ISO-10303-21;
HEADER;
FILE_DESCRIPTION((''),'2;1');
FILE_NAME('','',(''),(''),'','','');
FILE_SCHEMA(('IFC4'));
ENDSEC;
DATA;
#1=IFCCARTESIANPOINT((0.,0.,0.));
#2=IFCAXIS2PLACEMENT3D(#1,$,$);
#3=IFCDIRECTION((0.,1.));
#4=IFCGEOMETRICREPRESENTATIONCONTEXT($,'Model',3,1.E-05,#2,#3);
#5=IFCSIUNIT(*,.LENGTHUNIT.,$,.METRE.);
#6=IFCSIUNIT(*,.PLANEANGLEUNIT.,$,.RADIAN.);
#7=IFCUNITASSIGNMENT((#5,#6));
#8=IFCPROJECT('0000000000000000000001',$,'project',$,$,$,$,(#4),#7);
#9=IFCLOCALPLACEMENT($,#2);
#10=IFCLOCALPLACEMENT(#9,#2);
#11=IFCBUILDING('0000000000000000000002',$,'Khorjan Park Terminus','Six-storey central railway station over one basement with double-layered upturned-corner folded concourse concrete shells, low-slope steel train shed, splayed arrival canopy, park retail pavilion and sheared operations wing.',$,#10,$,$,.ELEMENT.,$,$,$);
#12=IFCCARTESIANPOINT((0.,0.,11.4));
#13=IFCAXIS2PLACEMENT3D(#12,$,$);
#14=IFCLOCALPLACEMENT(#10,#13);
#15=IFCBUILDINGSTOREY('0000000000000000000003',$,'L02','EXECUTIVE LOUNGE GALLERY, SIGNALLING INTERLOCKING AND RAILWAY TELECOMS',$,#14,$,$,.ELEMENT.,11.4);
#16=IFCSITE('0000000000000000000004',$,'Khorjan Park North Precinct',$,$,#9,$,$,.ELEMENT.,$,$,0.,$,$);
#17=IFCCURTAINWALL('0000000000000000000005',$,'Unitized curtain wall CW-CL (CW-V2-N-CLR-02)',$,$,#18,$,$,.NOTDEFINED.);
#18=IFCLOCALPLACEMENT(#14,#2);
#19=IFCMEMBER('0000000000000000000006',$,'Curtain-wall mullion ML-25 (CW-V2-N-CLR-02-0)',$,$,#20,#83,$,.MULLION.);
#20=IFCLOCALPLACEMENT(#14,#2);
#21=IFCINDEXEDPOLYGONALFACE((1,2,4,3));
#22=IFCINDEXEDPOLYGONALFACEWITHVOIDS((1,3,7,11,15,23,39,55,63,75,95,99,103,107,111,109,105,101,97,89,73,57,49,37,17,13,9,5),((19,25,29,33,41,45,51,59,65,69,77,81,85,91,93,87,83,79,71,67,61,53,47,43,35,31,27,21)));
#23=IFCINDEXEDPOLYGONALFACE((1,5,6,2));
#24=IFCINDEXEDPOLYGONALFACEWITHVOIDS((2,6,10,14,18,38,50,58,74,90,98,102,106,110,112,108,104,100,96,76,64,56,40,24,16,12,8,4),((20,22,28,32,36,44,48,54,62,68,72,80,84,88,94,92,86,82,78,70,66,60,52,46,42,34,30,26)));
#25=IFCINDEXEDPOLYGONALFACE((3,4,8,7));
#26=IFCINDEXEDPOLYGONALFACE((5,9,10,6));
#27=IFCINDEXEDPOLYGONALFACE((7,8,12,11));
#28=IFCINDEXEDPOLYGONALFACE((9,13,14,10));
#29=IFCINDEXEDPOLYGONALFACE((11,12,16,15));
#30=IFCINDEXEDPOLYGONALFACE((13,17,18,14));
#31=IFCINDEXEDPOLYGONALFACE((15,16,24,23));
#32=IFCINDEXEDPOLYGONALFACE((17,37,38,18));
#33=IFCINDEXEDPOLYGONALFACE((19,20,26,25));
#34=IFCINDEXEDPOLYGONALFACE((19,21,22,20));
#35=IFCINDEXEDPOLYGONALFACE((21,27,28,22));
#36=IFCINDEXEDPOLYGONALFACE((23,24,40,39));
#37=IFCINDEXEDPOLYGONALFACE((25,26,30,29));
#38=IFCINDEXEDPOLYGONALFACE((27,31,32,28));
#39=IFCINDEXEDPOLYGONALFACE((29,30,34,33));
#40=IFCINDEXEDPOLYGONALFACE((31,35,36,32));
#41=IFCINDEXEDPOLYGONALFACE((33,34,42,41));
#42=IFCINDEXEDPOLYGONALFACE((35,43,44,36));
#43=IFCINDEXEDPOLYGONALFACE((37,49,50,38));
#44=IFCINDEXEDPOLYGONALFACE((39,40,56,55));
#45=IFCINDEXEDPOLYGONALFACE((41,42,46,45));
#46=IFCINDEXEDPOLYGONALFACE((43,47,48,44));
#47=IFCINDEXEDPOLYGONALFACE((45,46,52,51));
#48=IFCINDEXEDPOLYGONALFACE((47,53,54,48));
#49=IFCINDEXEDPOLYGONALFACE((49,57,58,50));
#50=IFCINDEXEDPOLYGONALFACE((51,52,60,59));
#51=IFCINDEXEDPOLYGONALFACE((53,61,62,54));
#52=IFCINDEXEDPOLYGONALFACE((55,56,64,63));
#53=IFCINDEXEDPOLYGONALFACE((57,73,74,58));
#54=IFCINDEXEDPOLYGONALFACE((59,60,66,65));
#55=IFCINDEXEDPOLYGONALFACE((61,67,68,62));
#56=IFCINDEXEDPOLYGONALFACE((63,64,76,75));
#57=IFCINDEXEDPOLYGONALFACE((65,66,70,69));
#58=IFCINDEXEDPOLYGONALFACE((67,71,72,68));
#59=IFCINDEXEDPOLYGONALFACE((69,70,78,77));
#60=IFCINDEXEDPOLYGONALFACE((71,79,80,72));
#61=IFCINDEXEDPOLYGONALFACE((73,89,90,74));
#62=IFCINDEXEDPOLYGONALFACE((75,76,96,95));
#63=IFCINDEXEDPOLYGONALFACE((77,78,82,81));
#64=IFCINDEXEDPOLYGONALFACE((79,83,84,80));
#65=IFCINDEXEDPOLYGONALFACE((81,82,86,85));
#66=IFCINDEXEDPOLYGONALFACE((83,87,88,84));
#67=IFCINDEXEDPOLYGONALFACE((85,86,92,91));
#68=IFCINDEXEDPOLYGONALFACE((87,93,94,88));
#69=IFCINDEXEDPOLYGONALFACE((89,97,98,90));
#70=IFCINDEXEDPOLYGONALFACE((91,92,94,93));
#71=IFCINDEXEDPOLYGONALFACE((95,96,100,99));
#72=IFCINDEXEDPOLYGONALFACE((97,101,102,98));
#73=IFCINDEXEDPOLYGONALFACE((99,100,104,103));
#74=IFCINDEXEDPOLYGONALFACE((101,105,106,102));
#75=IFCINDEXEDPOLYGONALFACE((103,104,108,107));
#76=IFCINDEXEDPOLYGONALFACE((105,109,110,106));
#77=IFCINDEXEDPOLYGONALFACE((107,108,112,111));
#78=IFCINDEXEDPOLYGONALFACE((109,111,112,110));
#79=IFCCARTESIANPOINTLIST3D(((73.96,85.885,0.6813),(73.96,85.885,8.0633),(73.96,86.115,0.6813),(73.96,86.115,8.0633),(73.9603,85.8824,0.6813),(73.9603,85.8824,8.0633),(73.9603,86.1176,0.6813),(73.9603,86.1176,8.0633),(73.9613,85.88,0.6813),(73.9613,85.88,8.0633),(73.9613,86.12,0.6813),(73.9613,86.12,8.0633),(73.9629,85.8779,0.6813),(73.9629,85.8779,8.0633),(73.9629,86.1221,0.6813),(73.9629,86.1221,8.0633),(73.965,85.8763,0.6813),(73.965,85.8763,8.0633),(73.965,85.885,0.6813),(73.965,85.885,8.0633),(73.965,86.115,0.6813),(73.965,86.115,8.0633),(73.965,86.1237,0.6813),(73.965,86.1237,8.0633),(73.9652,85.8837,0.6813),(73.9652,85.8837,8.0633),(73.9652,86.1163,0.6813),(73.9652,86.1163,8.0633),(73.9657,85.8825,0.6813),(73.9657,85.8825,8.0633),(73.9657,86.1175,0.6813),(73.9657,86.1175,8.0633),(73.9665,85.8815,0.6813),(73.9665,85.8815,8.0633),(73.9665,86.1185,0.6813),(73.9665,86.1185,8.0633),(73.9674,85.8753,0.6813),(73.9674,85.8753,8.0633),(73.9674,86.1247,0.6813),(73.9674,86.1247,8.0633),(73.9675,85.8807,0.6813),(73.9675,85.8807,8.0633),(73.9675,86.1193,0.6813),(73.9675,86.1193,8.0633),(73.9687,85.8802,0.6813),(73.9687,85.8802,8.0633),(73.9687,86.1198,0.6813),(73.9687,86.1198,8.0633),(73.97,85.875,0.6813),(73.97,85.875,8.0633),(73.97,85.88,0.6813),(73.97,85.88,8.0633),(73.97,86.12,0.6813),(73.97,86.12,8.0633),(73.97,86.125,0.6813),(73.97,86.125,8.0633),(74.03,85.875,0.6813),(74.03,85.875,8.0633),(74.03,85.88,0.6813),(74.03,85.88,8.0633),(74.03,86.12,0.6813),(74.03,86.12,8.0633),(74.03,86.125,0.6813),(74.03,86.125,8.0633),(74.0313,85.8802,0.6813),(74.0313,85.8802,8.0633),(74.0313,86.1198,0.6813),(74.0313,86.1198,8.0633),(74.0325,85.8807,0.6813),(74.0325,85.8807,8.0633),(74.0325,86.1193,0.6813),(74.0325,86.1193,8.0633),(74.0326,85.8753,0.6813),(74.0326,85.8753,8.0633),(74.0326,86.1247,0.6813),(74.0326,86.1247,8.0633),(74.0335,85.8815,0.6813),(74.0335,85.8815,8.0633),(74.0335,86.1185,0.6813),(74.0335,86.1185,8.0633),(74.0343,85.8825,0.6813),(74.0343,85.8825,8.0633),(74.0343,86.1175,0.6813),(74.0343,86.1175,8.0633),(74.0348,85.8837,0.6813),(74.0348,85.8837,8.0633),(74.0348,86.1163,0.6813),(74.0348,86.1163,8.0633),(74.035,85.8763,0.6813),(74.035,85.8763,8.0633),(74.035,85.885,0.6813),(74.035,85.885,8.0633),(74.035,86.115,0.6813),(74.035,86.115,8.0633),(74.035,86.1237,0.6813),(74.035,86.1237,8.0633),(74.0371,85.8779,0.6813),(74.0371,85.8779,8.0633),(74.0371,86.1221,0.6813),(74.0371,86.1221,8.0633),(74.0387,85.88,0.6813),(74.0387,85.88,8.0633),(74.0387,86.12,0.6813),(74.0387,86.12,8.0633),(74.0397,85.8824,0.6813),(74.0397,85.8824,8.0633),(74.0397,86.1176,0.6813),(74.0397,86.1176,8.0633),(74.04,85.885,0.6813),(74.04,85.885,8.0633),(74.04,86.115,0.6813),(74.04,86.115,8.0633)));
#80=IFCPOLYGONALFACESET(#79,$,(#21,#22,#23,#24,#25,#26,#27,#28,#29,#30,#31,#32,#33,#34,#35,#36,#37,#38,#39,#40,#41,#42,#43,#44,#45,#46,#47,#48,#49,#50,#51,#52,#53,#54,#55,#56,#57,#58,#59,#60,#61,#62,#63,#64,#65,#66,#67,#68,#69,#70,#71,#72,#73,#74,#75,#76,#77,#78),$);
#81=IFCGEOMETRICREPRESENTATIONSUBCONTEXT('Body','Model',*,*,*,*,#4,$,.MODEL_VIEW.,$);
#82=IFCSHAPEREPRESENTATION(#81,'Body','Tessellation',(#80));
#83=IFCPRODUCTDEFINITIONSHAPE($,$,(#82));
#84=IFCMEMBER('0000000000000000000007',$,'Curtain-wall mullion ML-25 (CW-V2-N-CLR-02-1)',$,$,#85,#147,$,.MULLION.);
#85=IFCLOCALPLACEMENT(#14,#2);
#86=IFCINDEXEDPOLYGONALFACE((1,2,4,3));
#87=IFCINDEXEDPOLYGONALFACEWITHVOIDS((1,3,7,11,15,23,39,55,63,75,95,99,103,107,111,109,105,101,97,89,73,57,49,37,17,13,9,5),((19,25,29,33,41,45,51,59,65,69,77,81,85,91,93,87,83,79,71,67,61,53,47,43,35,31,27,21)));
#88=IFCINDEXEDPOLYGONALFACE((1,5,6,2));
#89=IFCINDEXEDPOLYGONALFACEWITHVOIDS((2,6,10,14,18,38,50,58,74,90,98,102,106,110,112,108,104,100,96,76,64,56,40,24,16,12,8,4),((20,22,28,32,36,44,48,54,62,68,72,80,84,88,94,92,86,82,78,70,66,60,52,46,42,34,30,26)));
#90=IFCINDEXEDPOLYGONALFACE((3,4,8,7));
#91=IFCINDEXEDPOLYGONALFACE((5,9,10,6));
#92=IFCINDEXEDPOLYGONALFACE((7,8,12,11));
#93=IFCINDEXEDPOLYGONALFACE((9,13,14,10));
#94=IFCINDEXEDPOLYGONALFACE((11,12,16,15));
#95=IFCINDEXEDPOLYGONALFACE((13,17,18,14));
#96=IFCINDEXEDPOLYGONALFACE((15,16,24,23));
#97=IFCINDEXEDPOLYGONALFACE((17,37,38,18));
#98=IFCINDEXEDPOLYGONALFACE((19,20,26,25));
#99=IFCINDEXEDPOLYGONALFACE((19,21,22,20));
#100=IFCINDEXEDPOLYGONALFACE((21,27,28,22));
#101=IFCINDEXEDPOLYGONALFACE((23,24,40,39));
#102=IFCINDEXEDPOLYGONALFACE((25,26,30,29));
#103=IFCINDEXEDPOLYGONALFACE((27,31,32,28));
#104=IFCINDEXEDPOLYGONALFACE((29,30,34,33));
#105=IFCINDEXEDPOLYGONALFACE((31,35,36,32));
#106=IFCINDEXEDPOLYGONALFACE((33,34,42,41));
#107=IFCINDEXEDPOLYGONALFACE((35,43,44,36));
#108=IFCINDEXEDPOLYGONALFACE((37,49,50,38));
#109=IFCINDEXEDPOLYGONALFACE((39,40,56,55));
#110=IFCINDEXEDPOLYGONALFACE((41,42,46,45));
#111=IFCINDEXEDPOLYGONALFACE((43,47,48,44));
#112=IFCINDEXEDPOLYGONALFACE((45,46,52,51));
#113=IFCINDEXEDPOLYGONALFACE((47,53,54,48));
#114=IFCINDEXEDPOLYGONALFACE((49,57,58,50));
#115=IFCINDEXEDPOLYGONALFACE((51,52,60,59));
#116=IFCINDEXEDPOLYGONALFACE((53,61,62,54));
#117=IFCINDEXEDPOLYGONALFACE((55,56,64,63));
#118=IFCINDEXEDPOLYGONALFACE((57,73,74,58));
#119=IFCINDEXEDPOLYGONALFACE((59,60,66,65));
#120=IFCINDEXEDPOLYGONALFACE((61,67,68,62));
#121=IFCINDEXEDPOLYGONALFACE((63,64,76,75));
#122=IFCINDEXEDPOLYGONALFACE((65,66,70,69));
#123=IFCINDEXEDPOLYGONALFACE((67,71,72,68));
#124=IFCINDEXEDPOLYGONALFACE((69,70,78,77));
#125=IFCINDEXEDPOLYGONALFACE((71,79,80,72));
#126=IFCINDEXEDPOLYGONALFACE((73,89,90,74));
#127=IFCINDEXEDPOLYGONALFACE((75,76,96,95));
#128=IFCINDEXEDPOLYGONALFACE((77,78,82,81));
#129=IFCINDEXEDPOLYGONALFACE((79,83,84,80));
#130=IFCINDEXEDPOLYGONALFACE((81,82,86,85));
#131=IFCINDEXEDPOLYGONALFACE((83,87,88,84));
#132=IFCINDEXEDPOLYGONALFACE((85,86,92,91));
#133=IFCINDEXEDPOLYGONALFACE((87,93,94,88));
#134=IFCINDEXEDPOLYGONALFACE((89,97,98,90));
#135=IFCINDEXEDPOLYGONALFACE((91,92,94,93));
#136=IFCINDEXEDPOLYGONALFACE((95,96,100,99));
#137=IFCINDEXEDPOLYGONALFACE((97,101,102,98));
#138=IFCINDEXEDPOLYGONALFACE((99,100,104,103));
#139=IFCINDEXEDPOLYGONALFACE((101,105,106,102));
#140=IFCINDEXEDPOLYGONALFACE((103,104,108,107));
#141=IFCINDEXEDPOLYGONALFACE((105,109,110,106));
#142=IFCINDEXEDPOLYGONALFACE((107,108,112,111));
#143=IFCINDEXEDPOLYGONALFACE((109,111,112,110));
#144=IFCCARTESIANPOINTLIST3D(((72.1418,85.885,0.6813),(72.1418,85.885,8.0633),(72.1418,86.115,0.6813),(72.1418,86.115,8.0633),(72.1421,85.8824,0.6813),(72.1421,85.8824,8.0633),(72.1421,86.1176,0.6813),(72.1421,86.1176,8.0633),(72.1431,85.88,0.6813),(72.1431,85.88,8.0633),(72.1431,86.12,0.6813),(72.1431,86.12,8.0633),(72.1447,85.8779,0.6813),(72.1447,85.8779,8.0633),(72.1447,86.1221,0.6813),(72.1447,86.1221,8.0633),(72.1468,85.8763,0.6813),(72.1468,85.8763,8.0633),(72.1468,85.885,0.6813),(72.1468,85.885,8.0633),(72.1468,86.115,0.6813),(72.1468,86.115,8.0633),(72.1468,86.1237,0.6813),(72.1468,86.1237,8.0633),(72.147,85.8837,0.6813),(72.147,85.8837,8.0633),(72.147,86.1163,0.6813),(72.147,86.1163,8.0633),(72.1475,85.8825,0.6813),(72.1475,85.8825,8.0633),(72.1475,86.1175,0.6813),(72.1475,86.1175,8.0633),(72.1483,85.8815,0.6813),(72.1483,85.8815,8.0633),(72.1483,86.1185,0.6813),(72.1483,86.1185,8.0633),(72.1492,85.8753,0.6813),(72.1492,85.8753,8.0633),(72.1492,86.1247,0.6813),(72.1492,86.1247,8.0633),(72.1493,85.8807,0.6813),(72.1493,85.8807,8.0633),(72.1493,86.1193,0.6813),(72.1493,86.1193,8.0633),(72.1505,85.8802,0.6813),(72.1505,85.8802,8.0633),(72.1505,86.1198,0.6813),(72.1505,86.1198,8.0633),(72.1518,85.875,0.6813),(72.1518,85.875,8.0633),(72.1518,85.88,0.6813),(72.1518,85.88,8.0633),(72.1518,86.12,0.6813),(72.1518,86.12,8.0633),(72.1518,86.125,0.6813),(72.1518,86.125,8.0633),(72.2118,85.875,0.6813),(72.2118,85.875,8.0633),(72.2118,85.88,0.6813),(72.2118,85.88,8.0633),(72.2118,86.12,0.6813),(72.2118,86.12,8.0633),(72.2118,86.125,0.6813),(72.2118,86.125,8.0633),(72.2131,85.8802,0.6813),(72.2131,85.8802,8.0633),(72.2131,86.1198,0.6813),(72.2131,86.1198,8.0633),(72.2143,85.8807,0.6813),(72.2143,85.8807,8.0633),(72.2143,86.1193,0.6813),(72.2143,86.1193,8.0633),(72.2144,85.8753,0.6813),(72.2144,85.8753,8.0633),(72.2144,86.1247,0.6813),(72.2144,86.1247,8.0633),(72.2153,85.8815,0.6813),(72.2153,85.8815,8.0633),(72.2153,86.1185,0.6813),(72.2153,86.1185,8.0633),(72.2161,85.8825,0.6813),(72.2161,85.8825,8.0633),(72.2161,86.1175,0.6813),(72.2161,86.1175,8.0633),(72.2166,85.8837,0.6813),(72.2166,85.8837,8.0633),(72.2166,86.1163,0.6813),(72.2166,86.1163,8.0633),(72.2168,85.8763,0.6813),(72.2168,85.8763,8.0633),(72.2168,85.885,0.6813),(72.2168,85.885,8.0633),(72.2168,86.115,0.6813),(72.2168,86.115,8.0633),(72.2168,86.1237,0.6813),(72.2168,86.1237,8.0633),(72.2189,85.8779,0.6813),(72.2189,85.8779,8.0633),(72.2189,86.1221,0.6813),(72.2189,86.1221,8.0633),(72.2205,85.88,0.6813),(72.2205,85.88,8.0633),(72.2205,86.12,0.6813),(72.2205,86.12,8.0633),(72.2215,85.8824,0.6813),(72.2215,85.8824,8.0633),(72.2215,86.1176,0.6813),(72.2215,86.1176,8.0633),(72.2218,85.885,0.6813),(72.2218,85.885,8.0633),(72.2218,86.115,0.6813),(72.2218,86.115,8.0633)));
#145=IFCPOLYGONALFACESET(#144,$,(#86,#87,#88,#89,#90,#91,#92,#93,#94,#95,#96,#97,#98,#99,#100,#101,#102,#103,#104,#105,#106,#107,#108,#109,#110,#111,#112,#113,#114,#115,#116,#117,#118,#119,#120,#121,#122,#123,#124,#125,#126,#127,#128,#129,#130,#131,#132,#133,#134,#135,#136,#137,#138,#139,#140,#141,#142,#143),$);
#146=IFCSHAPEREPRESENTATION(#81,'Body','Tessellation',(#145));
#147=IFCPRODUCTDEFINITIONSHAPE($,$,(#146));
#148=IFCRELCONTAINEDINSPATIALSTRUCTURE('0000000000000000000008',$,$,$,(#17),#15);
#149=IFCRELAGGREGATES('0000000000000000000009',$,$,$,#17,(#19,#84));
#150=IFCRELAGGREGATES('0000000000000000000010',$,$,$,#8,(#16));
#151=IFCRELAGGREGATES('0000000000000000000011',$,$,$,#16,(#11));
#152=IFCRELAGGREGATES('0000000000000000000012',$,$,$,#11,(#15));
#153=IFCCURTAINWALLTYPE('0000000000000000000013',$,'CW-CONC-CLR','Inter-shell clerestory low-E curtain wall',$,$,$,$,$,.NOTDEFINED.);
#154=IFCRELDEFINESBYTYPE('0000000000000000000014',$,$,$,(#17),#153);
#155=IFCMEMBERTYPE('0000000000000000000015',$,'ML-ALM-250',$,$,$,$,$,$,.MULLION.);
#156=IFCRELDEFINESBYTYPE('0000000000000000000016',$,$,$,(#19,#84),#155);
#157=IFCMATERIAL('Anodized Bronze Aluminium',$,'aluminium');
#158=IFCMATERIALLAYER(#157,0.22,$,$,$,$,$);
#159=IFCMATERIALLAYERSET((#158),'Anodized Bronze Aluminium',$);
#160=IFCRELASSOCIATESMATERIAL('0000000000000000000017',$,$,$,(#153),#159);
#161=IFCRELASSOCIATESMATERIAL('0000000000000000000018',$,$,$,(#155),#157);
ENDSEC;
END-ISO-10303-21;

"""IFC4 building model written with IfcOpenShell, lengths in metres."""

from ifc_helpers import new_model, si_unit, direction, frame, origin, origin_2d, place, context, subcontext, project, spatial, hollow_rectangle, extrude, material, layer, layer_set, material_profile, profile_set, type_object, element, aggregate, save


model = new_model("IFC4")

# Units and contexts
model_context = context("Model", 3, precision=1e-05, world=origin(), true_north=direction((0.0, 1.0)))
body_context = subcontext(model_context, "Body", "Model", "MODEL_VIEW")
ifc_project = project(units=[si_unit("LENGTHUNIT", "METRE"), si_unit("PLANEANGLEUNIT", "RADIAN")], contexts=[model_context])

# Site, building, storey
site_placement = place(None, origin())
site = spatial("IfcSite", under=ifc_project, at=site_placement, Name="Khorjan Park North Precinct", CompositionType="ELEMENT", RefElevation=0.0)
building_placement = place(site_placement, origin())
building = spatial("IfcBuilding", under=site, at=building_placement, Name="Khorjan Park Terminus", Description="Six-storey central railway station over one basement with double-layered upturned-corner folded concourse concrete shells, low-slope steel train shed, splayed arrival canopy, park retail pavilion and sheared operations wing.", CompositionType="ELEMENT")
storey_placement = place(building_placement, frame((0.0, 0.0, 11.4)))
storey = spatial("IfcBuildingStorey", under=building, at=storey_placement, Name="L02", Description="EXECUTIVE LOUNGE GALLERY, SIGNALLING INTERLOCKING AND RAILWAY TELECOMS", CompositionType="ELEMENT", Elevation=11.4)

# Curtain wall, members
ifc_material_1 = material(Name="Anodized Bronze Aluminium", Category="aluminium")
ifc_layer_1 = layer(ifc_material_1, 0.22)
ifc_layer_set_1 = layer_set([ifc_layer_1], Name="Anodized Bronze Aluminium")
curtain_wall_type = type_object("IfcCurtainWallType", Name="CW-CONC-CLR", Description="Inter-shell clerestory low-E curtain wall", PredefinedType="NOTDEFINED", material=ifc_layer_set_1)
curtain_wall_1_placement = place(storey_placement, origin())
curtain_wall_1 = element("IfcCurtainWall", 1, at=curtain_wall_1_placement, inside=storey, type_object=curtain_wall_type, Name="Unitized curtain wall CW-CL (CW-V2-N-CLR-02)", PredefinedType="NOTDEFINED")
ifc_material_profile_1 = material_profile(ifc_material_1, hollow_rectangle(XDim=0.08, YDim=0.25, WallThickness=0.005, InnerFilletRadius=0.005, OuterFilletRadius=0.01, at=origin_2d()), Name="ALM 80x250x5")
ifc_profile_set_1 = profile_set([ifc_material_profile_1], Name="Anodized Bronze Aluminium")
member_type_1 = type_object("IfcMemberType", Name="ML-ALM-250", PredefinedType="MULLION", material=ifc_profile_set_1)
member_1_placement = place(storey_placement, frame((74.0, 86.0, 0.6813), z_axis=(0.0, 0.0, 1.0), x_axis=(-1.0, 0.0, 0.0)))
member_1 = element("IfcMember", 2, at=member_1_placement, type_object=member_type_1, Name="Curtain-wall mullion ML-25 (CW-V2-N-CLR-02-0)", PredefinedType="MULLION", context=body_context, shape_type="SweptSolid", body=[
    extrude(hollow_rectangle(XDim=0.08, YDim=0.25, WallThickness=0.005, InnerFilletRadius=0.005, OuterFilletRadius=0.01, at=origin_2d()), origin(), (0.0, 0.0, 1.0), 7.382),
])
member_2_placement = place(storey_placement, frame((72.1818, 86.0, 0.6813), z_axis=(0.0, 0.0, 1.0), x_axis=(-1.0, 0.0, 0.0)))
member_2 = element("IfcMember", 3, at=member_2_placement, type_object=member_type_1, Name="Curtain-wall mullion ML-25 (CW-V2-N-CLR-02-1)", PredefinedType="MULLION", context=body_context, shape_type="SweptSolid", body=[
    extrude(hollow_rectangle(XDim=0.08, YDim=0.25, WallThickness=0.005, InnerFilletRadius=0.005, OuterFilletRadius=0.01, at=origin_2d()), origin(), (0.0, 0.0, 1.0), 7.382),
])

aggregate(curtain_wall_1, [member_1, member_2])

save(model, "model.ifc")
